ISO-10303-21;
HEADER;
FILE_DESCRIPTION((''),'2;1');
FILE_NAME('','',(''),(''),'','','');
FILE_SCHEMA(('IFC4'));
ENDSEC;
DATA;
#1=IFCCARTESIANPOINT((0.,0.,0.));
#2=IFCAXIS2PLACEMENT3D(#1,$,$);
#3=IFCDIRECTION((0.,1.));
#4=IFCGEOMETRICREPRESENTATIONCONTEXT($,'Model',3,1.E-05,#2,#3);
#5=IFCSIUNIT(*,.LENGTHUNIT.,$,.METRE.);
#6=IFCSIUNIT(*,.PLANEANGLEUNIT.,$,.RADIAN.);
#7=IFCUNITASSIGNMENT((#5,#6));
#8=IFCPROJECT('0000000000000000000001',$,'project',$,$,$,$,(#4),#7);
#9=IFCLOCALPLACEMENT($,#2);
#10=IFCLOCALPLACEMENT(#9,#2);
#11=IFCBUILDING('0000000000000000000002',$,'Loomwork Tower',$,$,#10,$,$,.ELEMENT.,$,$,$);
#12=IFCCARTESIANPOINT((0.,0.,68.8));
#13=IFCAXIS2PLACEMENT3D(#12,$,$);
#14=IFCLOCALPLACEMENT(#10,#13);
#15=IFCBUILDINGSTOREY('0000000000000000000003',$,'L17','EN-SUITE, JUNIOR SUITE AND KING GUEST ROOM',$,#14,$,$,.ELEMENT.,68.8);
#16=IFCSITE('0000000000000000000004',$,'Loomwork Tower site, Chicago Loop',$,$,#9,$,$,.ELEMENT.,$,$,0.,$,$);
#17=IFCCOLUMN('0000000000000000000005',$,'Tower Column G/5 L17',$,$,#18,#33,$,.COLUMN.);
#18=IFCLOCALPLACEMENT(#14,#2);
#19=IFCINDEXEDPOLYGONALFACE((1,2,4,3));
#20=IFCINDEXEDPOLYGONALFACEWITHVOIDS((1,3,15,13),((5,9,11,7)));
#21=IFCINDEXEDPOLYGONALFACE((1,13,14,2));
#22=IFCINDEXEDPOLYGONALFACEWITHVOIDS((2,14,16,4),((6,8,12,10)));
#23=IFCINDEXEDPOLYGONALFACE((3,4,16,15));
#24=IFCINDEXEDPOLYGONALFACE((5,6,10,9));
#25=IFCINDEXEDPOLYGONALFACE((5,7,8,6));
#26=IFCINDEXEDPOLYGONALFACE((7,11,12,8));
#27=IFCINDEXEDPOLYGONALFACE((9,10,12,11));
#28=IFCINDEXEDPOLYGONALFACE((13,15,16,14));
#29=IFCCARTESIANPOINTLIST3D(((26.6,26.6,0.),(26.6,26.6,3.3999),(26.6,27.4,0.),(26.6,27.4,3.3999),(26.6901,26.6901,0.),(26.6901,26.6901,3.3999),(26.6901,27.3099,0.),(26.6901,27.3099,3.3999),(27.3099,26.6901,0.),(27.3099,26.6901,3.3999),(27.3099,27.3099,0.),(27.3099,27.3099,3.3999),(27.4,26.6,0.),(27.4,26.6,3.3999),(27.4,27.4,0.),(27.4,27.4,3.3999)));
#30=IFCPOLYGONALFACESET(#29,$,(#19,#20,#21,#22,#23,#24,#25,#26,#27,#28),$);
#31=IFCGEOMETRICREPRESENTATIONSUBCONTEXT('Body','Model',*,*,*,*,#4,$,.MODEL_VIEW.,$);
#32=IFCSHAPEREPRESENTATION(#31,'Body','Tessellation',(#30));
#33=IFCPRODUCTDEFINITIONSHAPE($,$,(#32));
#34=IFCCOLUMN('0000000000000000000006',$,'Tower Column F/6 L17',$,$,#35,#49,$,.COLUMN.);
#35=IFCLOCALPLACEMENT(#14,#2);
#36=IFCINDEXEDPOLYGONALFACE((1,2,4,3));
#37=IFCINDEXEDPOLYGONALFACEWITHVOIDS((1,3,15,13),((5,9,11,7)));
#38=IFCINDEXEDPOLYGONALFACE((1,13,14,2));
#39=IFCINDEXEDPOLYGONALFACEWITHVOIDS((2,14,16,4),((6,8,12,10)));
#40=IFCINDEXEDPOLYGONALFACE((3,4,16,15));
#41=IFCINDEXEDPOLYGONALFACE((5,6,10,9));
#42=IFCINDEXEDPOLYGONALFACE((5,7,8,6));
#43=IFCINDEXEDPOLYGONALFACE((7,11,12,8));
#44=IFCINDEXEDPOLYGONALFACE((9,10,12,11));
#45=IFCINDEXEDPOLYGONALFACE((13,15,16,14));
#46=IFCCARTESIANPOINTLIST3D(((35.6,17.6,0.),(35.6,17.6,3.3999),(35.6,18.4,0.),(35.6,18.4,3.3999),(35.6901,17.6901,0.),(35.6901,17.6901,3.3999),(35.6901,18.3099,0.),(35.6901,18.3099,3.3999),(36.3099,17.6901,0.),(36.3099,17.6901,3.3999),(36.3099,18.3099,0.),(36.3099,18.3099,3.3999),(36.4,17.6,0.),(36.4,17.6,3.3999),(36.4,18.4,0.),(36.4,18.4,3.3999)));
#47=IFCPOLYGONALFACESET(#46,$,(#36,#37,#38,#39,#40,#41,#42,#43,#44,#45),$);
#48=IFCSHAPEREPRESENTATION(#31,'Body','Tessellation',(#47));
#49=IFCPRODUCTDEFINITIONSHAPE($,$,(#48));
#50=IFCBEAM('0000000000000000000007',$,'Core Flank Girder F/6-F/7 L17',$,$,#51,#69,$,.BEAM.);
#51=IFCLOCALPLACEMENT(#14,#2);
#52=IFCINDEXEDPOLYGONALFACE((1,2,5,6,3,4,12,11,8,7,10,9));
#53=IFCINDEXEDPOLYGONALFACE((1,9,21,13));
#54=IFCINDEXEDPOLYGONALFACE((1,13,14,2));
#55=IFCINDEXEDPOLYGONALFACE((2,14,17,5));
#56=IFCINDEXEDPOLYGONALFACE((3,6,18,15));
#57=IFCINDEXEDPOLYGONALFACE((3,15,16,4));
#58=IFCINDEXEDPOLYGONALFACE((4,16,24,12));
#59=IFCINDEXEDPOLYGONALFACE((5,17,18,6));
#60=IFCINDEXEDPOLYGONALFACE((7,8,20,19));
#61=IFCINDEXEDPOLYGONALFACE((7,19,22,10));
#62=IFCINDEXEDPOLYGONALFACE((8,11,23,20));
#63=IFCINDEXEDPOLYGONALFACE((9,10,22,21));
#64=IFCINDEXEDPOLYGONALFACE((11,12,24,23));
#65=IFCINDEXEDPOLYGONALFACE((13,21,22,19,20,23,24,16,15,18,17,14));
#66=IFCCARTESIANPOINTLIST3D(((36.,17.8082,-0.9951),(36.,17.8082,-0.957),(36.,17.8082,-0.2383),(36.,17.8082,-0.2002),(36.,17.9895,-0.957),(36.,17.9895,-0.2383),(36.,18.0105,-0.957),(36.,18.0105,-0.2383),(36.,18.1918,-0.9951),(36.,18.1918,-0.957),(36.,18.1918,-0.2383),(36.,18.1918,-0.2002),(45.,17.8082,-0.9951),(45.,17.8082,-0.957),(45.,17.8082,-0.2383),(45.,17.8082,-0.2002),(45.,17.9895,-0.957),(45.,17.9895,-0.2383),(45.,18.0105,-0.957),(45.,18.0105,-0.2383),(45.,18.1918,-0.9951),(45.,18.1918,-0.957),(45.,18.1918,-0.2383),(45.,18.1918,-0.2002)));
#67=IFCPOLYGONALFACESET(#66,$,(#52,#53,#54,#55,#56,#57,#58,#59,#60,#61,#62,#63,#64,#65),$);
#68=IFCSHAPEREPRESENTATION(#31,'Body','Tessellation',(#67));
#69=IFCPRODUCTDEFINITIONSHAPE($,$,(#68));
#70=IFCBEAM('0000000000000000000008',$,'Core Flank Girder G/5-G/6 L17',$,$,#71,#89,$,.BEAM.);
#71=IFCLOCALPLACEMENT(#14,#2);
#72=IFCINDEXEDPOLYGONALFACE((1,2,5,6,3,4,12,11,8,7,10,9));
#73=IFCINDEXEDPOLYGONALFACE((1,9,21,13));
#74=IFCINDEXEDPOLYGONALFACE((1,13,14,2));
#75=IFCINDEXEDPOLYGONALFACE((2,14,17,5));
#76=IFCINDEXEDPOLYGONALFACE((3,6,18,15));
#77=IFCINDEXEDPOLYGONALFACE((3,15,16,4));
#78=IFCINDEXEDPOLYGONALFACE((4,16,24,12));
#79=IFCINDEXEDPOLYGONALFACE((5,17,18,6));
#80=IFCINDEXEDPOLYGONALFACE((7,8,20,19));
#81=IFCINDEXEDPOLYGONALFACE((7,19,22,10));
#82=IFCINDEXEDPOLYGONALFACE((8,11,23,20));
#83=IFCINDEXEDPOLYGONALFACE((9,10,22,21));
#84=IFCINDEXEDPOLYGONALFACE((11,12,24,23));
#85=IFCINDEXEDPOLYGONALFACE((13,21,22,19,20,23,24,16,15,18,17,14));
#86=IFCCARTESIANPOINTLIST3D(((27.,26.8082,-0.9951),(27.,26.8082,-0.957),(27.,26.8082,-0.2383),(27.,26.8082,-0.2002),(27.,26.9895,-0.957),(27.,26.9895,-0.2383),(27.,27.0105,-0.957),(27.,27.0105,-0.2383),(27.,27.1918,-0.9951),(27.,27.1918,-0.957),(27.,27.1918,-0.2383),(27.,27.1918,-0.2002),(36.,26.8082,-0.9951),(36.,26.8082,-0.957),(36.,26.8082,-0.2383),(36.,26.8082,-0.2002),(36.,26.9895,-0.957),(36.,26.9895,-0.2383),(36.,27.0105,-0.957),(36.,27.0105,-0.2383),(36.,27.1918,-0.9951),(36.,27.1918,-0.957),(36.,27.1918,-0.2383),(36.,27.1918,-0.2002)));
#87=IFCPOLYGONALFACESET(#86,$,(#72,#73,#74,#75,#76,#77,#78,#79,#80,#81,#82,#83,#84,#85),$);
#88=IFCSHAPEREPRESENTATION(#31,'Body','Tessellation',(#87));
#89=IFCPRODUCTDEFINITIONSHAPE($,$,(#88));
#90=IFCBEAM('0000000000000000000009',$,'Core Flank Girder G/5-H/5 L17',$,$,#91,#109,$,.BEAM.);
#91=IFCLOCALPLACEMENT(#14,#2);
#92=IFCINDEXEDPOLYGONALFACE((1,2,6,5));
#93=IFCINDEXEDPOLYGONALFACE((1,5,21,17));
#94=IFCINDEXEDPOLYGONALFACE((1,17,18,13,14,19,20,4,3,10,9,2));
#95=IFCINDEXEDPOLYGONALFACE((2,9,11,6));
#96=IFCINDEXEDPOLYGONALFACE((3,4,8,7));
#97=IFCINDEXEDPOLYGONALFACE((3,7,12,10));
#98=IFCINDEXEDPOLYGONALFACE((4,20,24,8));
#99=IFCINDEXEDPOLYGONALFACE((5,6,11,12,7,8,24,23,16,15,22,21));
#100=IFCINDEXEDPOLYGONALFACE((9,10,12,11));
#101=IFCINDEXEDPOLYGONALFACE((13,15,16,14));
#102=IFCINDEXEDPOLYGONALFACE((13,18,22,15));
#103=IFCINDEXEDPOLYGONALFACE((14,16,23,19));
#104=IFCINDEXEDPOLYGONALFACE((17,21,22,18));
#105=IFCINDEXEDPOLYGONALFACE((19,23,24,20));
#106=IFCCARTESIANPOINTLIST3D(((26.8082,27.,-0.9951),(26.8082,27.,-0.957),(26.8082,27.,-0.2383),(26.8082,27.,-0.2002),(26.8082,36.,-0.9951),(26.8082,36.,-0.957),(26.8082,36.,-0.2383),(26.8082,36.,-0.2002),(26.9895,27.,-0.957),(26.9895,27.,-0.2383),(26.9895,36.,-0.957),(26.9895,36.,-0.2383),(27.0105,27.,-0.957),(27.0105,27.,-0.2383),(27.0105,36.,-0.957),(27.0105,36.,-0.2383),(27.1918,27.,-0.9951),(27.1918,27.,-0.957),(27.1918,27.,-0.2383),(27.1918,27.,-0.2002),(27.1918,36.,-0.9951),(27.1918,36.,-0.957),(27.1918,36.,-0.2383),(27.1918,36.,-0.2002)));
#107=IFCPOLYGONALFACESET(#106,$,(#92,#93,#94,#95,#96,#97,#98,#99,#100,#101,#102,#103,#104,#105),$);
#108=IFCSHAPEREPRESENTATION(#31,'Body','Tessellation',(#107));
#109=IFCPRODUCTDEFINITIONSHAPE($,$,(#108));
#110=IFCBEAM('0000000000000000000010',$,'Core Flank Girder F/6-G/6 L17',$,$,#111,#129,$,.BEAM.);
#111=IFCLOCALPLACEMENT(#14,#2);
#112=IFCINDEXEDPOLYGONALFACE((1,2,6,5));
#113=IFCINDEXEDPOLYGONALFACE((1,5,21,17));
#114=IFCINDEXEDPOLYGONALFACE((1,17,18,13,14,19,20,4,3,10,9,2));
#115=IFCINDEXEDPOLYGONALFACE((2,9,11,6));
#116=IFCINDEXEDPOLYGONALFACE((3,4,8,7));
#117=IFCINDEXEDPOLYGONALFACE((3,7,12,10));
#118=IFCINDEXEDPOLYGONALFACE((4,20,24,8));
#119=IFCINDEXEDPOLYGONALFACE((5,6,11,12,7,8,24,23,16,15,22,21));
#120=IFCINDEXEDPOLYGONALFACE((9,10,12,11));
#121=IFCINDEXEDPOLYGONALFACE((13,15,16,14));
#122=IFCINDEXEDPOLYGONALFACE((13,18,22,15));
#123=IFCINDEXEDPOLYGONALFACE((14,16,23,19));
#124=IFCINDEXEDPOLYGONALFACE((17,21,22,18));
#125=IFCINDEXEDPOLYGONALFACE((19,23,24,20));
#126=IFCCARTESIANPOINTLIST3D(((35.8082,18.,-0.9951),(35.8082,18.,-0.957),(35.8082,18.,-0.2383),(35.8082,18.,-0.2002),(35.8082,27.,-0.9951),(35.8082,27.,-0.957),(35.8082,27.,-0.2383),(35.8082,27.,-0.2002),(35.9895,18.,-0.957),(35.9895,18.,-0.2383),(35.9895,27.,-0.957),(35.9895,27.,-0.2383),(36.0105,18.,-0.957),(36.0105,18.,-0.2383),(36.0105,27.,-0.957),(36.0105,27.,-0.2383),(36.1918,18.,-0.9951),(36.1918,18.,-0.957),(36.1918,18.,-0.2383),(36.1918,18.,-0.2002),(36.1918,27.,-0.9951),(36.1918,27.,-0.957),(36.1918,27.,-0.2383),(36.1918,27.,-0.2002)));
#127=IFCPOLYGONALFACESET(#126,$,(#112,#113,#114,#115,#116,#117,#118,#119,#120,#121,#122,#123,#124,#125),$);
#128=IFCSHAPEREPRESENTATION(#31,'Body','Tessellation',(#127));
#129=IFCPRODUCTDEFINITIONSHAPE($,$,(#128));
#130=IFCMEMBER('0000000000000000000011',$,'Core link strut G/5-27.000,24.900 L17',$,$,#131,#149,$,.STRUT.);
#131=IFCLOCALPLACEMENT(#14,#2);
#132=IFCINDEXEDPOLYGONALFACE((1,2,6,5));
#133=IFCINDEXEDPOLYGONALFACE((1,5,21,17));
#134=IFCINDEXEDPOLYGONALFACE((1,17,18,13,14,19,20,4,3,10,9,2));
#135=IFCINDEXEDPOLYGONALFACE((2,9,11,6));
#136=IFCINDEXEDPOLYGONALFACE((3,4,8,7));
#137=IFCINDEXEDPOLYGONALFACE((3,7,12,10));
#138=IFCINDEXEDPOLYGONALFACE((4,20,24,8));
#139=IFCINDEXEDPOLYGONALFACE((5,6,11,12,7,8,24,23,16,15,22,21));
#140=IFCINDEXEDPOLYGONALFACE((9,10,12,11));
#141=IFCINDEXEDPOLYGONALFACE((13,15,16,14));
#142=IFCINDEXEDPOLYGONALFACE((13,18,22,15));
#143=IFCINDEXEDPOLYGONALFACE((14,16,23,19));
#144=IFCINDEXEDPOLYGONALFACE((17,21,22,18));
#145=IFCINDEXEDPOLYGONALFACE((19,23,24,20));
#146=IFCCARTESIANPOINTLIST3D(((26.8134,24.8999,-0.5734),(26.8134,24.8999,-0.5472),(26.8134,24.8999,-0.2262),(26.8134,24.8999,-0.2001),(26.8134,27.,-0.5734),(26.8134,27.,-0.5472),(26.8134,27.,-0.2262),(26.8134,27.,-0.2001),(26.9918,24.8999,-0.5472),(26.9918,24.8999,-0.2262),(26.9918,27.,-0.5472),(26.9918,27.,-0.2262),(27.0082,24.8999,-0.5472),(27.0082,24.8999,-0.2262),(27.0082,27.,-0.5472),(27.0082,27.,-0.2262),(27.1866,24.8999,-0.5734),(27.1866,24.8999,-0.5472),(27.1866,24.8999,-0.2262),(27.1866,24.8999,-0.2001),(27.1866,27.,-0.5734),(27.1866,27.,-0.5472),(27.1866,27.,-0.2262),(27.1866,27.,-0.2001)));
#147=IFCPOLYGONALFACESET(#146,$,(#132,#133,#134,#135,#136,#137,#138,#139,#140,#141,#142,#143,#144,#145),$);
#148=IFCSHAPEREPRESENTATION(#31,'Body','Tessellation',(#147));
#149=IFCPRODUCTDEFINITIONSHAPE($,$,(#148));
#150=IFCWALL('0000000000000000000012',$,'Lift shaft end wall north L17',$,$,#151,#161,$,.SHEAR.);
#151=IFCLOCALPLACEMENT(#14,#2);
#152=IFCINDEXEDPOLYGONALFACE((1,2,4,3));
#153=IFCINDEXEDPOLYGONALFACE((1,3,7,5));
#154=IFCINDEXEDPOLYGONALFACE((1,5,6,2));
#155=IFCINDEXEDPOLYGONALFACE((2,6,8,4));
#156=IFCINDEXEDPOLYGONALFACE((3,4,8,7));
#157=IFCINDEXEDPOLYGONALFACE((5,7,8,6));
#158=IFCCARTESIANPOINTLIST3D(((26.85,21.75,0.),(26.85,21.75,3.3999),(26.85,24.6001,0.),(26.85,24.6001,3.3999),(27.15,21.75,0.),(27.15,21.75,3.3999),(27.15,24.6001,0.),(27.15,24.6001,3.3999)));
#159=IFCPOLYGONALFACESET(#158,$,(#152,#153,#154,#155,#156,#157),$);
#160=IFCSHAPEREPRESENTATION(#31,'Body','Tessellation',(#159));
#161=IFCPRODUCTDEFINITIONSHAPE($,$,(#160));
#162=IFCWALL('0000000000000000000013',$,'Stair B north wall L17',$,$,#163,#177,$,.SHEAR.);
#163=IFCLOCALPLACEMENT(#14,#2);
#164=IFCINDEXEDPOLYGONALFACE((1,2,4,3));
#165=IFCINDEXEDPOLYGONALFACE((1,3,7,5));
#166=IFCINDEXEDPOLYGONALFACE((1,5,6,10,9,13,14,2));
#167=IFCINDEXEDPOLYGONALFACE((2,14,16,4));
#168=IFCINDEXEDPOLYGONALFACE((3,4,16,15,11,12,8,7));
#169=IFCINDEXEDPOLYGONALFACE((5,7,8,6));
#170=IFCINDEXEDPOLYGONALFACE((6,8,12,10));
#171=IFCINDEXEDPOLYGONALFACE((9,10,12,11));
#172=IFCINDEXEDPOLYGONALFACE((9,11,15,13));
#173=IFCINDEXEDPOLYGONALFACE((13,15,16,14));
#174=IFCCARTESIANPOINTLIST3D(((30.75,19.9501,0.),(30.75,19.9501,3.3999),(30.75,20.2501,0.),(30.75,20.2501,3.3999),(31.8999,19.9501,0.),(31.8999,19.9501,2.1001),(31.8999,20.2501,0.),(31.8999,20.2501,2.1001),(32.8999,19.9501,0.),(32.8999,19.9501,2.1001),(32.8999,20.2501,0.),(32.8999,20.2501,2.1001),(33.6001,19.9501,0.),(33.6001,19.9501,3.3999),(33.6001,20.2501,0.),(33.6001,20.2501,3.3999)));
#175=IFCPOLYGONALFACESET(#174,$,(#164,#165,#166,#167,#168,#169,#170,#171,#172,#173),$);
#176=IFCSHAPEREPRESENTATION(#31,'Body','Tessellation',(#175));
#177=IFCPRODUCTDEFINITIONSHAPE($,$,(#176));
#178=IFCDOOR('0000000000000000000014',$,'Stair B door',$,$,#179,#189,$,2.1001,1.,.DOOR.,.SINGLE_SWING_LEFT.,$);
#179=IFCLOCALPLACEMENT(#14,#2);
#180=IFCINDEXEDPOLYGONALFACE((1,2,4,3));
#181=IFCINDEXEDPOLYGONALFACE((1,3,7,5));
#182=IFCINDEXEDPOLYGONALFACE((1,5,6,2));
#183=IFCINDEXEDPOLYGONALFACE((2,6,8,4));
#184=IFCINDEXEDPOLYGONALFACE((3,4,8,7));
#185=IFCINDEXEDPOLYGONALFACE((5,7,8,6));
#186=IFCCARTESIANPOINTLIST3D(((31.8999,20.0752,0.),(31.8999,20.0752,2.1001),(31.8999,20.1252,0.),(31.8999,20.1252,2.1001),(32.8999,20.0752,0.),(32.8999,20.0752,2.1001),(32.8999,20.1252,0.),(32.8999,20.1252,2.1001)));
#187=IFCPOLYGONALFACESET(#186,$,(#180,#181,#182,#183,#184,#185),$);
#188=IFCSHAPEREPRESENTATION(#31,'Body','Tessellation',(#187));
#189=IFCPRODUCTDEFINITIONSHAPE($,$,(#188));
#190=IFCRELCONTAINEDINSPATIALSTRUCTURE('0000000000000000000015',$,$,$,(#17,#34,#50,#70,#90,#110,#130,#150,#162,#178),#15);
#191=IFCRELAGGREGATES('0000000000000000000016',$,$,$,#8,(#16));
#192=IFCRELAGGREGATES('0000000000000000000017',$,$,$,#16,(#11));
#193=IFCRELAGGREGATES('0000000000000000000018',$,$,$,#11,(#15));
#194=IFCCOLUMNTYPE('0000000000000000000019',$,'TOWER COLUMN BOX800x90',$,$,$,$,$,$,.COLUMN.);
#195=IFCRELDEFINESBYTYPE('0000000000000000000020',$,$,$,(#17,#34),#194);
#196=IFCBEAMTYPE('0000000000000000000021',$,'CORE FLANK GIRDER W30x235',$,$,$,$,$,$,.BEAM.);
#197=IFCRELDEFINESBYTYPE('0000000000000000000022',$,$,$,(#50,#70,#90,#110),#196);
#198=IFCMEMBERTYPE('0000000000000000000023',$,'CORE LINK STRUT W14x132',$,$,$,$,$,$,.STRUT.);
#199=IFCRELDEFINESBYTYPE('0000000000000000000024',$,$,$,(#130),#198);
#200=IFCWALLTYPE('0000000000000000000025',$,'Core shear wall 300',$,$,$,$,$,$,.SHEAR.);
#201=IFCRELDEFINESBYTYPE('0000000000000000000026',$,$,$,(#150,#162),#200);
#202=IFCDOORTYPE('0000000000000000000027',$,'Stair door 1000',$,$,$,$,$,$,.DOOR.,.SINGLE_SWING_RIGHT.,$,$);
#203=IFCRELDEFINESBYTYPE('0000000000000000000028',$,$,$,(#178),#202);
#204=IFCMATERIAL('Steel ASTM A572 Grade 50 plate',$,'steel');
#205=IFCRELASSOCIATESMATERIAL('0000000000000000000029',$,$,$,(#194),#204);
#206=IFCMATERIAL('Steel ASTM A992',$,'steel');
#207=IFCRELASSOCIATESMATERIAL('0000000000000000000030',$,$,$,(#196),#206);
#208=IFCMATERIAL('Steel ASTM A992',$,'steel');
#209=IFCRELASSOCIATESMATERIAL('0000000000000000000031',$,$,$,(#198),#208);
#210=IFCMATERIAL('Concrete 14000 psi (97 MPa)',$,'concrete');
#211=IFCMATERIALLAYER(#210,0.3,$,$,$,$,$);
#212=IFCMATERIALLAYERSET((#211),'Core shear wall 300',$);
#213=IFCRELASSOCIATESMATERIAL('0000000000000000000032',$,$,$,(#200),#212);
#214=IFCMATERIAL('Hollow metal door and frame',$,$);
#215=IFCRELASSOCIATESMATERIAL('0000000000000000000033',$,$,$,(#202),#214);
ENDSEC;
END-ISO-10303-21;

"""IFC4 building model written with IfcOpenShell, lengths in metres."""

from ifc_helpers import new_model, si_unit, direction, frame, frame_2d, origin, origin_2d, place, context, subcontext, project, spatial, rectangle, hollow_rectangle, i_section, extrude, material, layer, layer_set, material_profile, profile_set, type_object, element, fill, save


model = new_model("IFC4")

# Units and contexts
model_context = context("Model", 3, precision=1e-05, world=origin(), true_north=direction((0.0, 1.0)))
body_context = subcontext(model_context, "Body", "Model", "MODEL_VIEW")
ifc_project = project(units=[si_unit("LENGTHUNIT", "METRE"), si_unit("PLANEANGLEUNIT", "RADIAN")], contexts=[model_context])

# Site, building, storey
site_placement = place(None, origin())
site = spatial("IfcSite", under=ifc_project, at=site_placement, Name="Loomwork Tower site, Chicago Loop", CompositionType="ELEMENT", RefElevation=0.0)
building_placement = place(site_placement, origin())
building = spatial("IfcBuilding", under=site, at=building_placement, Name="Loomwork Tower", CompositionType="ELEMENT")
storey_placement = place(building_placement, frame((0.0, 0.0, 68.8)))
storey = spatial("IfcBuildingStorey", under=building, at=storey_placement, Name="L17", Description="EN-SUITE, JUNIOR SUITE AND KING GUEST ROOM", CompositionType="ELEMENT", Elevation=68.8)

# Columns
ifc_material_1 = material(Name="Steel ASTM A572 Grade 50 plate", Category="steel")
ifc_material_profile_1 = material_profile(ifc_material_1, hollow_rectangle(XDim=0.8, YDim=0.8, WallThickness=0.0901, at=origin_2d()), Name="BOX800x90")
ifc_profile_set_1 = profile_set([ifc_material_profile_1], Name="Steel ASTM A572 Grade 50 plate")
column_type = type_object("IfcColumnType", Name="TOWER COLUMN BOX800x90", PredefinedType="COLUMN", material=ifc_profile_set_1)
for number, where, z_axis, x_axis, name in (
    (1, (27.0, 27.0, 0.0), (0.0, 0.0, 1.0), (1.0, 0.0, 0.0), "Tower Column G/5 L17"),
    (2, (36.0, 18.0, 0.0), (0.0, 0.0, 1.0), (0.0, 1.0, 0.0), "Tower Column F/6 L17"),
):
    element("IfcColumn", number, at=place(storey_placement, frame(where, z_axis=z_axis, x_axis=x_axis)), inside=storey, type_object=column_type, Name=name, PredefinedType="COLUMN", context=body_context, shape_type="SweptSolid", body=[
        extrude(hollow_rectangle(XDim=0.8, YDim=0.8, WallThickness=0.0901, at=origin_2d()), origin(), (0.0, 0.0, 1.0), 3.3999),
    ])

# Beams
ifc_material_2 = material(Name="Steel ASTM A992", Category="steel")
ifc_material_profile_2 = material_profile(ifc_material_2, i_section(OverallWidth=0.3835, OverallDepth=0.7949, WebThickness=0.021, FlangeThickness=0.0381, at=origin_2d()), Name="W30x235")
ifc_profile_set_2 = profile_set([ifc_material_profile_2], Name="Steel ASTM A992")
beam_type = type_object("IfcBeamType", Name="CORE FLANK GIRDER W30x235", PredefinedType="BEAM", material=ifc_profile_set_2)
for number, where, z_axis, x_axis, name in (
    (3, (36.0, 18.0, -0.5977), (1.0, 0.0, 0.0), (0.0, 1.0, 0.0), "Core Flank Girder F/6-F/7 L17"),
    (4, (27.0, 27.0, -0.5977), (1.0, 0.0, 0.0), (0.0, 1.0, 0.0), "Core Flank Girder G/5-G/6 L17"),
    (5, (27.0, 27.0, -0.5977), (0.0, 1.0, 0.0), (-1.0, 0.0, 0.0), "Core Flank Girder G/5-H/5 L17"),
    (6, (36.0, 18.0, -0.5977), (0.0, 1.0, 0.0), (-1.0, 0.0, 0.0), "Core Flank Girder F/6-G/6 L17"),
):
    element("IfcBeam", number, at=place(storey_placement, frame(where, z_axis=z_axis, x_axis=x_axis)), inside=storey, type_object=beam_type, Name=name, PredefinedType="BEAM", context=body_context, shape_type="SweptSolid", body=[
        extrude(i_section(OverallWidth=0.3835, OverallDepth=0.7949, WebThickness=0.021, FlangeThickness=0.0381, at=origin_2d()), origin(), (0.0, 0.0, 1.0), 9.0),
    ])

# Member
ifc_material_3 = material(Name="Steel ASTM A992", Category="steel")
ifc_material_profile_3 = material_profile(ifc_material_3, i_section(OverallWidth=0.3733, OverallDepth=0.3733, WebThickness=0.0164, FlangeThickness=0.0261, at=origin_2d()), Name="W14x132")
ifc_profile_set_3 = profile_set([ifc_material_profile_3], Name="Steel ASTM A992")
member_type = type_object("IfcMemberType", Name="CORE LINK STRUT W14x132", PredefinedType="STRUT", material=ifc_profile_set_3)
member_placement = place(storey_placement, frame((27.0, 27.0, -0.3867), z_axis=(0.0, -1.0, 0.0), x_axis=(1.0, 0.0, 0.0)))
element("IfcMember", 7, at=member_placement, inside=storey, type_object=member_type, Name="Core link strut G/5-27.000,24.900 L17", PredefinedType="STRUT", context=body_context, shape_type="SweptSolid", body=[
    extrude(i_section(OverallWidth=0.3733, OverallDepth=0.3733, WebThickness=0.0164, FlangeThickness=0.0261, at=origin_2d()), origin(), (0.0, 0.0, 1.0), 2.1001),
])

# Wall
ifc_material_4 = material(Name="Concrete 14000 psi (97 MPa)", Category="concrete")
ifc_layer_1 = layer(ifc_material_4, 0.3)
ifc_layer_set_1 = layer_set([ifc_layer_1], Name="Core shear wall 300")
wall_type_1 = type_object("IfcWallType", Name="Core shear wall 300", PredefinedType="SHEAR", material=ifc_layer_set_1)
wall_1_placement = place(storey_placement, frame((27.0, 21.75, 0.0), z_axis=(0.0, 0.0, 1.0), x_axis=(0.0, 1.0, 0.0)))
element("IfcWall", 8, at=wall_1_placement, inside=storey, type_object=wall_type_1, Name="Lift shaft end wall north L17", PredefinedType="SHEAR", context=body_context, shape_type="SweptSolid", body=[
    extrude(rectangle(XDim=2.8501, YDim=0.3, at=frame_2d((1.425, 0.0))), origin(), (0.0, 0.0, 1.0), 3.3999),
])

# Wall, opening, door
wall_2_placement = place(storey_placement, frame((30.75, 20.1001, 0.0), z_axis=(0.0, 0.0, 1.0), x_axis=(1.0, 0.0, 0.0)))
wall_2 = element("IfcWall", 9, at=wall_2_placement, inside=storey, type_object=wall_type_1, Name="Stair B north wall L17", PredefinedType="SHEAR", context=body_context, shape_type="SweptSolid", body=[
    extrude(rectangle(XDim=2.8501, YDim=0.3, at=frame_2d((1.425, 0.0))), origin(), (0.0, 0.0, 1.0), 3.3999),
])
opening_1_placement = place(wall_2_placement, frame((1.1499, 0.0, 0.0)))
opening_1 = element("IfcOpeningElement", 10, at=opening_1_placement, cuts=wall_2, PredefinedType="OPENING", context=body_context, shape_type="SweptSolid", body=[
    extrude(rectangle(XDim=1.0, YDim=2.1001, at=frame_2d((0.5, 1.05))), frame((0.0, 0.1599, 0.0), z_axis=(0.0, -1.0, 0.0), x_axis=(1.0, 0.0, 0.0)), (0.0, 0.0, 1.0), 0.3201),
])
ifc_material_5 = material(Name="Hollow metal door and frame")
door_type_1 = type_object("IfcDoorType", Name="Stair door 1000", OperationType="SINGLE_SWING_RIGHT", PredefinedType="DOOR", material=ifc_material_5)
door_1_placement = place(opening_1_placement, frame((1.0, 0.0, 0.0), z_axis=(0.0, 0.0, 1.0), x_axis=(-1.0, 0.0, 0.0)))
door_1 = element("IfcDoor", 11, at=door_1_placement, inside=storey, type_object=door_type_1, Name="Stair B door", OperationType="SINGLE_SWING_LEFT", OverallHeight=2.1001, OverallWidth=1.0, PredefinedType="DOOR", context=body_context, shape_type="SweptSolid", body=[
    extrude(rectangle(XDim=1.0, YDim=2.1001, at=frame_2d((0.5, 1.05))), frame((0.0, 0.0249, 0.0), z_axis=(0.0, -1.0, 0.0), x_axis=(1.0, 0.0, 0.0)), (0.0, 0.0, 1.0), 0.05),
])
fill(opening_1, door_1)

save(model, "model.ifc")
